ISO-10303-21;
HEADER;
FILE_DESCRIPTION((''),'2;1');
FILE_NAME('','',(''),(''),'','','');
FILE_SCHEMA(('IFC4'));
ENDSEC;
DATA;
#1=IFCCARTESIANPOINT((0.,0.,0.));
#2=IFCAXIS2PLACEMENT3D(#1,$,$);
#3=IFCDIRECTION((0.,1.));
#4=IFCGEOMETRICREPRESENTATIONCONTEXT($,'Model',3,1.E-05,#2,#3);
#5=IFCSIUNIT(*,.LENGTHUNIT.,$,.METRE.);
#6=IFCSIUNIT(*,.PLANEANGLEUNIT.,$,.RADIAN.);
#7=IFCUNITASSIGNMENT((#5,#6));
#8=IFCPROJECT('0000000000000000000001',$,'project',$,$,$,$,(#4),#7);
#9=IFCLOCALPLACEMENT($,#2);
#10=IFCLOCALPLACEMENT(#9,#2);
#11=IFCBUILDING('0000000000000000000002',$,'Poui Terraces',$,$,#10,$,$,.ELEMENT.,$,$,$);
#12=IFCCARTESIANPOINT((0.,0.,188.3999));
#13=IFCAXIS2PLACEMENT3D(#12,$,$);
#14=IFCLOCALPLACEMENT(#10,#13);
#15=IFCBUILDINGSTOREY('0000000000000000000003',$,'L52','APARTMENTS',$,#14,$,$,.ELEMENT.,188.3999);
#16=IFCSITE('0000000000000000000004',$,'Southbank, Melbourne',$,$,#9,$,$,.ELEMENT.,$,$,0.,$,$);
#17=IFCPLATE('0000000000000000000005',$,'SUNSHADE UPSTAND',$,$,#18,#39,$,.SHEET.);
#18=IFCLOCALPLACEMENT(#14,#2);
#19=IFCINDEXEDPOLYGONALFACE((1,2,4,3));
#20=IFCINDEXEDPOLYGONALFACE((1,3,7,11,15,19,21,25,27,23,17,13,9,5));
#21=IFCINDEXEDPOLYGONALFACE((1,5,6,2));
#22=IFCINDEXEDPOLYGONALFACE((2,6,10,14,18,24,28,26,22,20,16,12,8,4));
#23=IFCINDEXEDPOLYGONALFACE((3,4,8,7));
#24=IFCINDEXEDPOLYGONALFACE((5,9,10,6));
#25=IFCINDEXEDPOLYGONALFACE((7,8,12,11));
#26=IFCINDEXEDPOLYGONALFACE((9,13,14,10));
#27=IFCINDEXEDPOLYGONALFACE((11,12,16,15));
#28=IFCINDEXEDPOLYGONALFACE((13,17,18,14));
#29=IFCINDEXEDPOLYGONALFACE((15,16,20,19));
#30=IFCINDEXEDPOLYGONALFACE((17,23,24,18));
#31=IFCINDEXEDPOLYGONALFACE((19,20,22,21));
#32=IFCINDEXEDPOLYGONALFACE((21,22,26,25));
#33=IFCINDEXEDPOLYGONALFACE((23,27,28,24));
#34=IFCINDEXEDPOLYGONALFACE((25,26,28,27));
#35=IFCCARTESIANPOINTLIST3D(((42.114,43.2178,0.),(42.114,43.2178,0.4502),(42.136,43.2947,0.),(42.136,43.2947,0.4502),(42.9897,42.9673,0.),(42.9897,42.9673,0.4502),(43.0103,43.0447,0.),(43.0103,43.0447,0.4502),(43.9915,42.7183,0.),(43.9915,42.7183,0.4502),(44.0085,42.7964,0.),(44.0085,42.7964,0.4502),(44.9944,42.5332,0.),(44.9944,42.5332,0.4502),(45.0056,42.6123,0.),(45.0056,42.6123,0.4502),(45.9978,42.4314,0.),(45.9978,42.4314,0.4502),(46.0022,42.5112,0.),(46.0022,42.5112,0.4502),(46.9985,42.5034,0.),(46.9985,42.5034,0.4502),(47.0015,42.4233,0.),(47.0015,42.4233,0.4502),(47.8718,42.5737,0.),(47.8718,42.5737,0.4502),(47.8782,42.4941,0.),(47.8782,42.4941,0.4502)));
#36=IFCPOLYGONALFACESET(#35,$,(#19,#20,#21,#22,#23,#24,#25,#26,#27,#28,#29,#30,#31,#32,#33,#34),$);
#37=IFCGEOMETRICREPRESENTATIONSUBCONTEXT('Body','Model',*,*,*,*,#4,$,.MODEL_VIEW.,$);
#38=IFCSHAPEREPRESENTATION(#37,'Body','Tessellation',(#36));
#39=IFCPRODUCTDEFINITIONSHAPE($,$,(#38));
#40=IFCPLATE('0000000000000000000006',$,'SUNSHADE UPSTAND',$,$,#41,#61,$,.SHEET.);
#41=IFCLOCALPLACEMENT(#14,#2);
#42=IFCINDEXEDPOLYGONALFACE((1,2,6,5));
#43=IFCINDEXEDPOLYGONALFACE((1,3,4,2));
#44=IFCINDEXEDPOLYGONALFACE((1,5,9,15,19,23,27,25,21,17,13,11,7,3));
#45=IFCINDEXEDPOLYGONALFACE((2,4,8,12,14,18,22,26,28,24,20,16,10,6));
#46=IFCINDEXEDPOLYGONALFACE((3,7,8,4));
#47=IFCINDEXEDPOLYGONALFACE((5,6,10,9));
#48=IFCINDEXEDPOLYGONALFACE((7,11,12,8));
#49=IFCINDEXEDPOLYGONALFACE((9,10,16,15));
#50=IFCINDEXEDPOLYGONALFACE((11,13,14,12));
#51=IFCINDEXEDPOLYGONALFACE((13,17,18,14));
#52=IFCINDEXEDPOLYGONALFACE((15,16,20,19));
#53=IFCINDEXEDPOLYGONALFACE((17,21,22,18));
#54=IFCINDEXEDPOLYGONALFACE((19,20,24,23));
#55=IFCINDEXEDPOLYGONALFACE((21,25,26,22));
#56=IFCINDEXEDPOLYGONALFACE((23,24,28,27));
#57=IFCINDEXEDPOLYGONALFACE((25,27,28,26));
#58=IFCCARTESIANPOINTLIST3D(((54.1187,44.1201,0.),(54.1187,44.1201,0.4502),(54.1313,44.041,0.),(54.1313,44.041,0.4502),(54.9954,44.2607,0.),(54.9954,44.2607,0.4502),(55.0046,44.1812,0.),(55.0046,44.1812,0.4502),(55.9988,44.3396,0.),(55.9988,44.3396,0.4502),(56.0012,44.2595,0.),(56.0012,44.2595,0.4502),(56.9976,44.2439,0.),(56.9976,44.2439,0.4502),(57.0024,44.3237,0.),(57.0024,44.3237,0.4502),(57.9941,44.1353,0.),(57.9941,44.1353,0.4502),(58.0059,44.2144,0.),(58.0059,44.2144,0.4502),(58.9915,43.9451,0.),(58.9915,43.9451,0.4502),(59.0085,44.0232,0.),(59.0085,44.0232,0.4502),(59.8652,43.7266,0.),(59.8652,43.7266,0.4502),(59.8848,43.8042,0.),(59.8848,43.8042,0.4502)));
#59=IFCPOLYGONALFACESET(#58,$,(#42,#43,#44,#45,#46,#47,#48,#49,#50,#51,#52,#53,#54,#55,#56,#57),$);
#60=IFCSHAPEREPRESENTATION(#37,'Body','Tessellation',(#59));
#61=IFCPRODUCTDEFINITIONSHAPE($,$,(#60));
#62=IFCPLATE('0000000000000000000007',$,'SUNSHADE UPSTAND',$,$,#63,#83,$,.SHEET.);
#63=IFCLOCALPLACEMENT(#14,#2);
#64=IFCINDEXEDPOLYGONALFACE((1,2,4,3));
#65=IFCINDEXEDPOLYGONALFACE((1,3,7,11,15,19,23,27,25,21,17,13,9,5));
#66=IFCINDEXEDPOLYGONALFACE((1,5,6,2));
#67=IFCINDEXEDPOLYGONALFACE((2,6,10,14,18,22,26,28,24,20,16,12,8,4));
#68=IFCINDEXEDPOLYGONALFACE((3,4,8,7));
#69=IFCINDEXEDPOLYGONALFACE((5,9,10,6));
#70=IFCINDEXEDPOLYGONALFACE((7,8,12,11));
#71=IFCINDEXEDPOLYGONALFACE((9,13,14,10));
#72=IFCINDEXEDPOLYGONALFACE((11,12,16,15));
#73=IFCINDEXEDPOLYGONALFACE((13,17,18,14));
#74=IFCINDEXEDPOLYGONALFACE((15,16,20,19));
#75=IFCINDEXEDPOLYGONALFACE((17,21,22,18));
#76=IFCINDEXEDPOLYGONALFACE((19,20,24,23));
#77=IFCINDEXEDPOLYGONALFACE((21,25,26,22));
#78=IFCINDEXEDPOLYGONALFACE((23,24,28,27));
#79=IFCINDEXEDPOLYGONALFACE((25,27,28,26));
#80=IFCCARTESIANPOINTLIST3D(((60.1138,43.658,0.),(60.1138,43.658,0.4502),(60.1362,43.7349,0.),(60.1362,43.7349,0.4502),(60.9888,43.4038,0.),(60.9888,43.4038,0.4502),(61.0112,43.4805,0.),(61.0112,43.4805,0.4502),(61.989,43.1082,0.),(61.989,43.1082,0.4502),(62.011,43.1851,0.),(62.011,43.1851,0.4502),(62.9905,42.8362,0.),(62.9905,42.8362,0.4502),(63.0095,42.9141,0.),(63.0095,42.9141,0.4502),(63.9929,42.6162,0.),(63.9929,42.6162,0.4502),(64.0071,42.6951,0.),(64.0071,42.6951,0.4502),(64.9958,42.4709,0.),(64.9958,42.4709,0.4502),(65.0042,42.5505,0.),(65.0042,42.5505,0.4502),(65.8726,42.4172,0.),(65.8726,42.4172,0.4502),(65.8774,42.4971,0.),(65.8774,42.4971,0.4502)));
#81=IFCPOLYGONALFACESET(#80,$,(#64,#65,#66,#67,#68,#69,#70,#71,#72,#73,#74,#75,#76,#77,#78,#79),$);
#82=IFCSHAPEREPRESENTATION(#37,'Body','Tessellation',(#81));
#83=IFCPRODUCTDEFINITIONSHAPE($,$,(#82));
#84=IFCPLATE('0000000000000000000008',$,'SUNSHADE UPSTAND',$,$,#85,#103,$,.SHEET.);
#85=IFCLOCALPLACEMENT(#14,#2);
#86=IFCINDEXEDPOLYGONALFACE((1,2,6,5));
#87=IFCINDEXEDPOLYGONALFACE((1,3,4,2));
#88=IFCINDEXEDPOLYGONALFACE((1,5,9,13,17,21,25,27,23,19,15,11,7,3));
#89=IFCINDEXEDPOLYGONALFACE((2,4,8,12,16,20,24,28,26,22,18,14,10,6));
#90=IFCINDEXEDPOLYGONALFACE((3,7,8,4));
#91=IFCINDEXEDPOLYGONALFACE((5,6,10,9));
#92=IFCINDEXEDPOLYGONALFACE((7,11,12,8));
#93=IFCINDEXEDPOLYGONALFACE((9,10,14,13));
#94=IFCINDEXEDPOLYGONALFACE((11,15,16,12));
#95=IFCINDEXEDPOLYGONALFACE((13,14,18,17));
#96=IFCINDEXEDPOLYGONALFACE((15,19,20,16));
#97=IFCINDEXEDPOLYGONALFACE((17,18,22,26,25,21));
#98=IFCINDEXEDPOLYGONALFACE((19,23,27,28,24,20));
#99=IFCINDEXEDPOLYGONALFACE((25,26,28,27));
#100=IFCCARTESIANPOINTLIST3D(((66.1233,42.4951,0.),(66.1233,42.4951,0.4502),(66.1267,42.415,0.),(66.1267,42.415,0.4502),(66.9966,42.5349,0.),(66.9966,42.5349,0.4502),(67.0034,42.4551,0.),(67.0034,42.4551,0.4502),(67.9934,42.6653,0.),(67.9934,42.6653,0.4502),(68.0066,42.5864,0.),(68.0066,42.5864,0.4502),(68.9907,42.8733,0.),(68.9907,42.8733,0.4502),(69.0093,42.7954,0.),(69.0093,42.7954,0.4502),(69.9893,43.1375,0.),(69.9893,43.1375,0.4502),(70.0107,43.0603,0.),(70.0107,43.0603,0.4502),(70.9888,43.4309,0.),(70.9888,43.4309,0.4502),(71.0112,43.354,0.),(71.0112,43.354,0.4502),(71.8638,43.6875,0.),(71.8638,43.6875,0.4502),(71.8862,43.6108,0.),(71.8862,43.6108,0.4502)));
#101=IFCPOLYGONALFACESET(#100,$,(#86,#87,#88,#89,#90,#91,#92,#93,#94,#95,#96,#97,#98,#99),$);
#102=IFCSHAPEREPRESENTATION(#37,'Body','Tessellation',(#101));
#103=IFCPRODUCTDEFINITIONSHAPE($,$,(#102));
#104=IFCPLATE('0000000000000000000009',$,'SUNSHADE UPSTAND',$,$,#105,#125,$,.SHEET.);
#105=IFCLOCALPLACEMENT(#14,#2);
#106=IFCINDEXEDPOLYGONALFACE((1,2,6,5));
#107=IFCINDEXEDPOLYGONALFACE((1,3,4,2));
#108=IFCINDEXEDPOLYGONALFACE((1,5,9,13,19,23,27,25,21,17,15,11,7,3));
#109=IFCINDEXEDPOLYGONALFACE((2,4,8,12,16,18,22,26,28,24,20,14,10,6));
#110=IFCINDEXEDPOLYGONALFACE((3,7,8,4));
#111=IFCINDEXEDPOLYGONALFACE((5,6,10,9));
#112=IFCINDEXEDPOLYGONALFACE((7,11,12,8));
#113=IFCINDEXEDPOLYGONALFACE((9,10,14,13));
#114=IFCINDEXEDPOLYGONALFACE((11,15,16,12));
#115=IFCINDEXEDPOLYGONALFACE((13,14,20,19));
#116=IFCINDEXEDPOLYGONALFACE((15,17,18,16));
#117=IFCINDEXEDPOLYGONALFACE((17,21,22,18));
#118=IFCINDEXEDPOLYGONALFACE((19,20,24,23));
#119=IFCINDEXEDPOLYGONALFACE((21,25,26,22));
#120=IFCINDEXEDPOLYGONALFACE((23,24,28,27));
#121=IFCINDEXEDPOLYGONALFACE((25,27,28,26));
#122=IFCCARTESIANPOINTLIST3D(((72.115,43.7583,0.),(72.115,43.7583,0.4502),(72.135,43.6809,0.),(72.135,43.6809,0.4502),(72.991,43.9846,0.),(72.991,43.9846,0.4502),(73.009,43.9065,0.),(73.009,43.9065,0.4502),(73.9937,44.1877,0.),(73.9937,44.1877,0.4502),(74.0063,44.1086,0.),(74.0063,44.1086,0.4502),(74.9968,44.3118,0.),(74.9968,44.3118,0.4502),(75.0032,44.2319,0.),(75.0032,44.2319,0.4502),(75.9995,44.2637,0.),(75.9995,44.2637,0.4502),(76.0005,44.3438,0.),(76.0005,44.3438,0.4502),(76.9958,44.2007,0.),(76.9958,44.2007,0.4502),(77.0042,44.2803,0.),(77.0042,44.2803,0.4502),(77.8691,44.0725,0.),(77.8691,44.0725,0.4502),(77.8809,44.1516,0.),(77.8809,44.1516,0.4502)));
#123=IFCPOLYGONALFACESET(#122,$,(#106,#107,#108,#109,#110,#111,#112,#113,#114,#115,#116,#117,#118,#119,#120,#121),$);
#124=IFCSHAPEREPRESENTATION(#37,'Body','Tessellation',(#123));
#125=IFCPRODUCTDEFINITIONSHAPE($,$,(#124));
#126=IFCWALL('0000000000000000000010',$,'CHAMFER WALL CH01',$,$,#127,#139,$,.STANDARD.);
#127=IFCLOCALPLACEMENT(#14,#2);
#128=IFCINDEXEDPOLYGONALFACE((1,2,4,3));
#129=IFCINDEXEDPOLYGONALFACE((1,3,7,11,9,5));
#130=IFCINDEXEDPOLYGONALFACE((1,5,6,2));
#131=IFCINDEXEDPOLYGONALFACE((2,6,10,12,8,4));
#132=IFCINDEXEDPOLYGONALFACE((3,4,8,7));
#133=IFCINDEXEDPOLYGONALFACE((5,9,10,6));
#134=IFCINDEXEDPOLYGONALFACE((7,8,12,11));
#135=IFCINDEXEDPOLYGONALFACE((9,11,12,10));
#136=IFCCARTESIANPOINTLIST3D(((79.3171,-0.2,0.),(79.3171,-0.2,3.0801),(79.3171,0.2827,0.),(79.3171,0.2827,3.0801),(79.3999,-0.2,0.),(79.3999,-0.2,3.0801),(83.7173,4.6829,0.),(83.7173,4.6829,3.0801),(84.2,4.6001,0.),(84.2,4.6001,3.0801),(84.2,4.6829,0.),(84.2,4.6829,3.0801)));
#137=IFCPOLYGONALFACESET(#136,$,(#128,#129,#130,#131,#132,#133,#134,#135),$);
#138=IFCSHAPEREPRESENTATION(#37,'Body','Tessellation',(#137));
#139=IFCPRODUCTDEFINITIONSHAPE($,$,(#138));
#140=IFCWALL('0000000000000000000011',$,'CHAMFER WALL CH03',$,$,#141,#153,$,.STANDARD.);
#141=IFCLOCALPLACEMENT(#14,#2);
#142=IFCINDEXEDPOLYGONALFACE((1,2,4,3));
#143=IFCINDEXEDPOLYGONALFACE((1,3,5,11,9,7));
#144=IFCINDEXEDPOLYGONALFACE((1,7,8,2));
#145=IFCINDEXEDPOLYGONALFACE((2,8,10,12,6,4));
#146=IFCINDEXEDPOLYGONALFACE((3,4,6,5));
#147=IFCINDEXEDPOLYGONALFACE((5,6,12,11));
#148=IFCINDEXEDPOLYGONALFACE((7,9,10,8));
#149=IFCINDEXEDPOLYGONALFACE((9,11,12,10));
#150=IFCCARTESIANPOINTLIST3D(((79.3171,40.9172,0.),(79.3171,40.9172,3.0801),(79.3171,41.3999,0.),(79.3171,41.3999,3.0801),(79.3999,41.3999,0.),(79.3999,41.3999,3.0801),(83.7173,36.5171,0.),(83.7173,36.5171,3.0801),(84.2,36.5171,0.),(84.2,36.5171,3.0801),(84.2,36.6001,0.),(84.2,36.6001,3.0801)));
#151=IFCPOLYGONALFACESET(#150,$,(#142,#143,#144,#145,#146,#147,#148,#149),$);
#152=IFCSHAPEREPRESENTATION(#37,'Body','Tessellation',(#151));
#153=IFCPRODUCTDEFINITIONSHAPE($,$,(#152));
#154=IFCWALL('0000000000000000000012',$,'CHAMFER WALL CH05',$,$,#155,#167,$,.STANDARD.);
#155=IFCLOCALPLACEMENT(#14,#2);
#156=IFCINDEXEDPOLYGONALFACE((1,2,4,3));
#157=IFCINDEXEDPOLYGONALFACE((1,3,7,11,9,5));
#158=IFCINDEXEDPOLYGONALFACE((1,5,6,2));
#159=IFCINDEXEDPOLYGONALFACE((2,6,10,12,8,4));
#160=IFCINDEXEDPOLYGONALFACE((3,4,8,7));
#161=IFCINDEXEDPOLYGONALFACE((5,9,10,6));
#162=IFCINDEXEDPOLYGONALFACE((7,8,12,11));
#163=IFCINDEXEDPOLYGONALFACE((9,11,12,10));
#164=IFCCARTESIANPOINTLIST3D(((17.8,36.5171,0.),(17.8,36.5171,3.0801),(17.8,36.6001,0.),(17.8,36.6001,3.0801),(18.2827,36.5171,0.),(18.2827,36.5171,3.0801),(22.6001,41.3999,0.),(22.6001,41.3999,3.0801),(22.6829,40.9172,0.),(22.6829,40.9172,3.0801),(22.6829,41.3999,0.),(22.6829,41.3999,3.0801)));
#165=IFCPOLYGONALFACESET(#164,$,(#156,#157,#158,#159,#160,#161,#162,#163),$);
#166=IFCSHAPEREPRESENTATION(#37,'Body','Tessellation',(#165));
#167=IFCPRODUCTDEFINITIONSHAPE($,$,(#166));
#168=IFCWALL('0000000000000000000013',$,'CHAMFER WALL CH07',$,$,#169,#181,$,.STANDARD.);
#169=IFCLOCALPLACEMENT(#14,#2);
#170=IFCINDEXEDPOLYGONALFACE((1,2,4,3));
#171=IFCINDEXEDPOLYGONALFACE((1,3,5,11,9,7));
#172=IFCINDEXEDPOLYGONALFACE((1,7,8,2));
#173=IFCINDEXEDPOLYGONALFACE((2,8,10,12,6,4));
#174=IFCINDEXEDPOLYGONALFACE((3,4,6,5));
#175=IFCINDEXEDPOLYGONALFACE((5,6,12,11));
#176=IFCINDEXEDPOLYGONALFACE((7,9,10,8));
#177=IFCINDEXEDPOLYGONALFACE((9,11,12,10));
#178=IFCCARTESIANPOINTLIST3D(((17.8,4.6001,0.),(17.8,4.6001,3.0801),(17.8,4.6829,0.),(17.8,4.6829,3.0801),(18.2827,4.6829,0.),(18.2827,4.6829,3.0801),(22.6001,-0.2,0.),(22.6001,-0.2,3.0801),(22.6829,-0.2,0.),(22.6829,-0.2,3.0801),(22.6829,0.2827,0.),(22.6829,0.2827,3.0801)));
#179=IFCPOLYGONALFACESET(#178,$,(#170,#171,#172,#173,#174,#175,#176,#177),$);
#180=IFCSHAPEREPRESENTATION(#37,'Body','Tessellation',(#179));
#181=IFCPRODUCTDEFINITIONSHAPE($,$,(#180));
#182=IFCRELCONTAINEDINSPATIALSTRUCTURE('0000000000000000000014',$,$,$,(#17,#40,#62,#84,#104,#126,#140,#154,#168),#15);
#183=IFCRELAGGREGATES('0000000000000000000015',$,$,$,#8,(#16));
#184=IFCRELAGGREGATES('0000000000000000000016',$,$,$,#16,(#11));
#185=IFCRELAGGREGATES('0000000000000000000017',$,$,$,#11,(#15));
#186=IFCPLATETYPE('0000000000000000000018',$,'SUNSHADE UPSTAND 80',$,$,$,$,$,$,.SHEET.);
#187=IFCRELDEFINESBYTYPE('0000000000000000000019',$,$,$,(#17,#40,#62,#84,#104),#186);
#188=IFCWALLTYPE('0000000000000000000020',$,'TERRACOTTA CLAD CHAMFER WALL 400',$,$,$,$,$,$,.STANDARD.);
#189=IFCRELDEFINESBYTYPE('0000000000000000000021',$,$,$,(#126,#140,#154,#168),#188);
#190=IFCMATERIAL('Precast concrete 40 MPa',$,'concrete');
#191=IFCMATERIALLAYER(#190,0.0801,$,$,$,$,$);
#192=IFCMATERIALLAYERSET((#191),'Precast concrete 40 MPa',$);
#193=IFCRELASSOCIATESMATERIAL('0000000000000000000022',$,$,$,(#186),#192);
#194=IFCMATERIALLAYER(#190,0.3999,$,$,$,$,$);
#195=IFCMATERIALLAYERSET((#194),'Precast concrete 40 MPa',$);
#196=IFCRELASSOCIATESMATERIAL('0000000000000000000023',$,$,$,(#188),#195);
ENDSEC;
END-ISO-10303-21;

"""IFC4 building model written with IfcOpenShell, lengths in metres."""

from ifc_helpers import new_model, si_unit, direction, frame, origin, place, context, subcontext, project, spatial, polyline, outline, extrude, material, layer, layer_set, type_object, element, save


model = new_model("IFC4")

# Units and contexts
model_context = context("Model", 3, precision=1e-05, world=origin(), true_north=direction((0.0, 1.0)))
body_context = subcontext(model_context, "Body", "Model", "MODEL_VIEW")
ifc_project = project(units=[si_unit("LENGTHUNIT", "METRE"), si_unit("PLANEANGLEUNIT", "RADIAN")], contexts=[model_context])

# Site, building, storey
site_placement = place(None, origin())
site = spatial("IfcSite", under=ifc_project, at=site_placement, Name="Southbank, Melbourne", CompositionType="ELEMENT", RefElevation=0.0)
building_placement = place(site_placement, origin())
building = spatial("IfcBuilding", under=site, at=building_placement, Name="Poui Terraces", CompositionType="ELEMENT")
storey_placement = place(building_placement, frame((0.0, 0.0, 188.3999)))
storey = spatial("IfcBuildingStorey", under=building, at=storey_placement, Name="L52", Description="APARTMENTS", CompositionType="ELEMENT", Elevation=188.3999)

# Shared definitions
ifc_material_1 = material(Name="Precast concrete 40 MPa", Category="concrete")

# Plates
ifc_layer_1 = layer(ifc_material_1, 0.0801)
ifc_layer_set_1 = layer_set([ifc_layer_1], Name="Precast concrete 40 MPa")
plate_type = type_object("IfcPlateType", Name="SUNSHADE UPSTAND 80", PredefinedType="SHEET", material=ifc_layer_set_1)
plate_1_placement = place(storey_placement, origin())
element("IfcPlate", 1, at=plate_1_placement, inside=storey, type_object=plate_type, Name="SUNSHADE UPSTAND", PredefinedType="SHEET", context=body_context, shape_type="SweptSolid", body=[
    extrude(outline(polyline([(43.0103, 43.0447), (42.136, 43.2947), (42.114, 43.2178), (42.9897, 42.9673), (43.9915, 42.7183), (44.9944, 42.5332), (45.9978, 42.4314), (47.0015, 42.4233), (47.8782, 42.4941), (47.8718, 42.5737), (46.9985, 42.5034), (46.0022, 42.5112), (45.0056, 42.6123), (44.0085, 42.7964), (43.0103, 43.0447)])), origin(), (0.0, 0.0, 1.0), 0.4502),
])
plate_2_placement = place(storey_placement, origin())
element("IfcPlate", 2, at=plate_2_placement, inside=storey, type_object=plate_type, Name="SUNSHADE UPSTAND", PredefinedType="SHEET", context=body_context, shape_type="SweptSolid", body=[
    extrude(outline(polyline([(54.9954, 44.2607), (54.1187, 44.1201), (54.1313, 44.041), (55.0046, 44.1812), (56.0012, 44.2595), (56.9976, 44.2439), (57.9941, 44.1353), (58.9915, 43.9451), (59.8652, 43.7266), (59.8848, 43.8042), (59.0085, 44.0232), (58.0059, 44.2144), (57.0024, 44.3237), (55.9988, 44.3396), (54.9954, 44.2607)])), origin(), (0.0, 0.0, 1.0), 0.4502),
])
plate_3_placement = place(storey_placement, origin())
element("IfcPlate", 3, at=plate_3_placement, inside=storey, type_object=plate_type, Name="SUNSHADE UPSTAND", PredefinedType="SHEET", context=body_context, shape_type="SweptSolid", body=[
    extrude(outline(polyline([(61.0112, 43.4805), (60.1362, 43.7349), (60.1138, 43.658), (60.9888, 43.4038), (61.989, 43.1082), (62.9905, 42.8362), (63.9929, 42.6162), (64.9958, 42.4709), (65.8726, 42.4172), (65.8774, 42.4971), (65.0042, 42.5505), (64.0071, 42.6951), (63.0095, 42.9141), (62.011, 43.1851), (61.0112, 43.4805)])), origin(), (0.0, 0.0, 1.0), 0.4502),
])
plate_4_placement = place(storey_placement, origin())
element("IfcPlate", 4, at=plate_4_placement, inside=storey, type_object=plate_type, Name="SUNSHADE UPSTAND", PredefinedType="SHEET", context=body_context, shape_type="SweptSolid", body=[
    extrude(outline(polyline([(66.9966, 42.5349), (66.1233, 42.4951), (66.1267, 42.415), (67.0034, 42.4551), (68.0066, 42.5864), (69.0093, 42.7954), (70.0107, 43.0603), (71.0112, 43.354), (71.8862, 43.6108), (71.8638, 43.6875), (70.9888, 43.4309), (69.9893, 43.1375), (68.9907, 42.8733), (67.9934, 42.6653), (66.9966, 42.5349)])), origin(), (0.0, 0.0, 1.0), 0.4502),
])
plate_5_placement = place(storey_placement, origin())
element("IfcPlate", 5, at=plate_5_placement, inside=storey, type_object=plate_type, Name="SUNSHADE UPSTAND", PredefinedType="SHEET", context=body_context, shape_type="SweptSolid", body=[
    extrude(outline(polyline([(72.991, 43.9846), (72.115, 43.7583), (72.135, 43.6809), (73.009, 43.9065), (74.0063, 44.1086), (75.0032, 44.2319), (75.9995, 44.2637), (76.9958, 44.2007), (77.8691, 44.0725), (77.8809, 44.1516), (77.0042, 44.2803), (76.0005, 44.3438), (74.9968, 44.3118), (73.9937, 44.1877), (72.991, 43.9846)])), origin(), (0.0, 0.0, 1.0), 0.4502),
])

# Walls
ifc_layer_2 = layer(ifc_material_1, 0.3999)
ifc_layer_set_2 = layer_set([ifc_layer_2], Name="Precast concrete 40 MPa")
wall_type = type_object("IfcWallType", Name="TERRACOTTA CLAD CHAMFER WALL 400", PredefinedType="STANDARD", material=ifc_layer_set_2)
wall_1_placement = place(storey_placement, origin())
element("IfcWall", 6, at=wall_1_placement, inside=storey, type_object=wall_type, Name="CHAMFER WALL CH01", PredefinedType="STANDARD", context=body_context, shape_type="SweptSolid", body=[
    extrude(outline(polyline([(79.3171, -0.2), (79.3999, -0.2), (84.2, 4.6001), (84.2, 4.6829), (83.7173, 4.6829), (79.3171, 0.2827), (79.3171, -0.2)])), origin(), (0.0, 0.0, 1.0), 3.0801),
])
wall_2_placement = place(storey_placement, origin())
element("IfcWall", 7, at=wall_2_placement, inside=storey, type_object=wall_type, Name="CHAMFER WALL CH03", PredefinedType="STANDARD", context=body_context, shape_type="SweptSolid", body=[
    extrude(outline(polyline([(84.2, 36.5171), (84.2, 36.6001), (79.3999, 41.3999), (79.3171, 41.3999), (79.3171, 40.9172), (83.7173, 36.5171), (84.2, 36.5171)])), origin(), (0.0, 0.0, 1.0), 3.0801),
])
wall_3_placement = place(storey_placement, origin())
element("IfcWall", 8, at=wall_3_placement, inside=storey, type_object=wall_type, Name="CHAMFER WALL CH05", PredefinedType="STANDARD", context=body_context, shape_type="SweptSolid", body=[
    extrude(outline(polyline([(22.6829, 41.3999), (22.6001, 41.3999), (17.8, 36.6001), (17.8, 36.5171), (18.2827, 36.5171), (22.6829, 40.9172), (22.6829, 41.3999)])), origin(), (0.0, 0.0, 1.0), 3.0801),
])
wall_4_placement = place(storey_placement, origin())
element("IfcWall", 9, at=wall_4_placement, inside=storey, type_object=wall_type, Name="CHAMFER WALL CH07", PredefinedType="STANDARD", context=body_context, shape_type="SweptSolid", body=[
    extrude(outline(polyline([(17.8, 4.6829), (17.8, 4.6001), (22.6001, -0.2), (22.6829, -0.2), (22.6829, 0.2827), (18.2827, 4.6829), (17.8, 4.6829)])), origin(), (0.0, 0.0, 1.0), 3.0801),
])

save(model, "model.ifc")
